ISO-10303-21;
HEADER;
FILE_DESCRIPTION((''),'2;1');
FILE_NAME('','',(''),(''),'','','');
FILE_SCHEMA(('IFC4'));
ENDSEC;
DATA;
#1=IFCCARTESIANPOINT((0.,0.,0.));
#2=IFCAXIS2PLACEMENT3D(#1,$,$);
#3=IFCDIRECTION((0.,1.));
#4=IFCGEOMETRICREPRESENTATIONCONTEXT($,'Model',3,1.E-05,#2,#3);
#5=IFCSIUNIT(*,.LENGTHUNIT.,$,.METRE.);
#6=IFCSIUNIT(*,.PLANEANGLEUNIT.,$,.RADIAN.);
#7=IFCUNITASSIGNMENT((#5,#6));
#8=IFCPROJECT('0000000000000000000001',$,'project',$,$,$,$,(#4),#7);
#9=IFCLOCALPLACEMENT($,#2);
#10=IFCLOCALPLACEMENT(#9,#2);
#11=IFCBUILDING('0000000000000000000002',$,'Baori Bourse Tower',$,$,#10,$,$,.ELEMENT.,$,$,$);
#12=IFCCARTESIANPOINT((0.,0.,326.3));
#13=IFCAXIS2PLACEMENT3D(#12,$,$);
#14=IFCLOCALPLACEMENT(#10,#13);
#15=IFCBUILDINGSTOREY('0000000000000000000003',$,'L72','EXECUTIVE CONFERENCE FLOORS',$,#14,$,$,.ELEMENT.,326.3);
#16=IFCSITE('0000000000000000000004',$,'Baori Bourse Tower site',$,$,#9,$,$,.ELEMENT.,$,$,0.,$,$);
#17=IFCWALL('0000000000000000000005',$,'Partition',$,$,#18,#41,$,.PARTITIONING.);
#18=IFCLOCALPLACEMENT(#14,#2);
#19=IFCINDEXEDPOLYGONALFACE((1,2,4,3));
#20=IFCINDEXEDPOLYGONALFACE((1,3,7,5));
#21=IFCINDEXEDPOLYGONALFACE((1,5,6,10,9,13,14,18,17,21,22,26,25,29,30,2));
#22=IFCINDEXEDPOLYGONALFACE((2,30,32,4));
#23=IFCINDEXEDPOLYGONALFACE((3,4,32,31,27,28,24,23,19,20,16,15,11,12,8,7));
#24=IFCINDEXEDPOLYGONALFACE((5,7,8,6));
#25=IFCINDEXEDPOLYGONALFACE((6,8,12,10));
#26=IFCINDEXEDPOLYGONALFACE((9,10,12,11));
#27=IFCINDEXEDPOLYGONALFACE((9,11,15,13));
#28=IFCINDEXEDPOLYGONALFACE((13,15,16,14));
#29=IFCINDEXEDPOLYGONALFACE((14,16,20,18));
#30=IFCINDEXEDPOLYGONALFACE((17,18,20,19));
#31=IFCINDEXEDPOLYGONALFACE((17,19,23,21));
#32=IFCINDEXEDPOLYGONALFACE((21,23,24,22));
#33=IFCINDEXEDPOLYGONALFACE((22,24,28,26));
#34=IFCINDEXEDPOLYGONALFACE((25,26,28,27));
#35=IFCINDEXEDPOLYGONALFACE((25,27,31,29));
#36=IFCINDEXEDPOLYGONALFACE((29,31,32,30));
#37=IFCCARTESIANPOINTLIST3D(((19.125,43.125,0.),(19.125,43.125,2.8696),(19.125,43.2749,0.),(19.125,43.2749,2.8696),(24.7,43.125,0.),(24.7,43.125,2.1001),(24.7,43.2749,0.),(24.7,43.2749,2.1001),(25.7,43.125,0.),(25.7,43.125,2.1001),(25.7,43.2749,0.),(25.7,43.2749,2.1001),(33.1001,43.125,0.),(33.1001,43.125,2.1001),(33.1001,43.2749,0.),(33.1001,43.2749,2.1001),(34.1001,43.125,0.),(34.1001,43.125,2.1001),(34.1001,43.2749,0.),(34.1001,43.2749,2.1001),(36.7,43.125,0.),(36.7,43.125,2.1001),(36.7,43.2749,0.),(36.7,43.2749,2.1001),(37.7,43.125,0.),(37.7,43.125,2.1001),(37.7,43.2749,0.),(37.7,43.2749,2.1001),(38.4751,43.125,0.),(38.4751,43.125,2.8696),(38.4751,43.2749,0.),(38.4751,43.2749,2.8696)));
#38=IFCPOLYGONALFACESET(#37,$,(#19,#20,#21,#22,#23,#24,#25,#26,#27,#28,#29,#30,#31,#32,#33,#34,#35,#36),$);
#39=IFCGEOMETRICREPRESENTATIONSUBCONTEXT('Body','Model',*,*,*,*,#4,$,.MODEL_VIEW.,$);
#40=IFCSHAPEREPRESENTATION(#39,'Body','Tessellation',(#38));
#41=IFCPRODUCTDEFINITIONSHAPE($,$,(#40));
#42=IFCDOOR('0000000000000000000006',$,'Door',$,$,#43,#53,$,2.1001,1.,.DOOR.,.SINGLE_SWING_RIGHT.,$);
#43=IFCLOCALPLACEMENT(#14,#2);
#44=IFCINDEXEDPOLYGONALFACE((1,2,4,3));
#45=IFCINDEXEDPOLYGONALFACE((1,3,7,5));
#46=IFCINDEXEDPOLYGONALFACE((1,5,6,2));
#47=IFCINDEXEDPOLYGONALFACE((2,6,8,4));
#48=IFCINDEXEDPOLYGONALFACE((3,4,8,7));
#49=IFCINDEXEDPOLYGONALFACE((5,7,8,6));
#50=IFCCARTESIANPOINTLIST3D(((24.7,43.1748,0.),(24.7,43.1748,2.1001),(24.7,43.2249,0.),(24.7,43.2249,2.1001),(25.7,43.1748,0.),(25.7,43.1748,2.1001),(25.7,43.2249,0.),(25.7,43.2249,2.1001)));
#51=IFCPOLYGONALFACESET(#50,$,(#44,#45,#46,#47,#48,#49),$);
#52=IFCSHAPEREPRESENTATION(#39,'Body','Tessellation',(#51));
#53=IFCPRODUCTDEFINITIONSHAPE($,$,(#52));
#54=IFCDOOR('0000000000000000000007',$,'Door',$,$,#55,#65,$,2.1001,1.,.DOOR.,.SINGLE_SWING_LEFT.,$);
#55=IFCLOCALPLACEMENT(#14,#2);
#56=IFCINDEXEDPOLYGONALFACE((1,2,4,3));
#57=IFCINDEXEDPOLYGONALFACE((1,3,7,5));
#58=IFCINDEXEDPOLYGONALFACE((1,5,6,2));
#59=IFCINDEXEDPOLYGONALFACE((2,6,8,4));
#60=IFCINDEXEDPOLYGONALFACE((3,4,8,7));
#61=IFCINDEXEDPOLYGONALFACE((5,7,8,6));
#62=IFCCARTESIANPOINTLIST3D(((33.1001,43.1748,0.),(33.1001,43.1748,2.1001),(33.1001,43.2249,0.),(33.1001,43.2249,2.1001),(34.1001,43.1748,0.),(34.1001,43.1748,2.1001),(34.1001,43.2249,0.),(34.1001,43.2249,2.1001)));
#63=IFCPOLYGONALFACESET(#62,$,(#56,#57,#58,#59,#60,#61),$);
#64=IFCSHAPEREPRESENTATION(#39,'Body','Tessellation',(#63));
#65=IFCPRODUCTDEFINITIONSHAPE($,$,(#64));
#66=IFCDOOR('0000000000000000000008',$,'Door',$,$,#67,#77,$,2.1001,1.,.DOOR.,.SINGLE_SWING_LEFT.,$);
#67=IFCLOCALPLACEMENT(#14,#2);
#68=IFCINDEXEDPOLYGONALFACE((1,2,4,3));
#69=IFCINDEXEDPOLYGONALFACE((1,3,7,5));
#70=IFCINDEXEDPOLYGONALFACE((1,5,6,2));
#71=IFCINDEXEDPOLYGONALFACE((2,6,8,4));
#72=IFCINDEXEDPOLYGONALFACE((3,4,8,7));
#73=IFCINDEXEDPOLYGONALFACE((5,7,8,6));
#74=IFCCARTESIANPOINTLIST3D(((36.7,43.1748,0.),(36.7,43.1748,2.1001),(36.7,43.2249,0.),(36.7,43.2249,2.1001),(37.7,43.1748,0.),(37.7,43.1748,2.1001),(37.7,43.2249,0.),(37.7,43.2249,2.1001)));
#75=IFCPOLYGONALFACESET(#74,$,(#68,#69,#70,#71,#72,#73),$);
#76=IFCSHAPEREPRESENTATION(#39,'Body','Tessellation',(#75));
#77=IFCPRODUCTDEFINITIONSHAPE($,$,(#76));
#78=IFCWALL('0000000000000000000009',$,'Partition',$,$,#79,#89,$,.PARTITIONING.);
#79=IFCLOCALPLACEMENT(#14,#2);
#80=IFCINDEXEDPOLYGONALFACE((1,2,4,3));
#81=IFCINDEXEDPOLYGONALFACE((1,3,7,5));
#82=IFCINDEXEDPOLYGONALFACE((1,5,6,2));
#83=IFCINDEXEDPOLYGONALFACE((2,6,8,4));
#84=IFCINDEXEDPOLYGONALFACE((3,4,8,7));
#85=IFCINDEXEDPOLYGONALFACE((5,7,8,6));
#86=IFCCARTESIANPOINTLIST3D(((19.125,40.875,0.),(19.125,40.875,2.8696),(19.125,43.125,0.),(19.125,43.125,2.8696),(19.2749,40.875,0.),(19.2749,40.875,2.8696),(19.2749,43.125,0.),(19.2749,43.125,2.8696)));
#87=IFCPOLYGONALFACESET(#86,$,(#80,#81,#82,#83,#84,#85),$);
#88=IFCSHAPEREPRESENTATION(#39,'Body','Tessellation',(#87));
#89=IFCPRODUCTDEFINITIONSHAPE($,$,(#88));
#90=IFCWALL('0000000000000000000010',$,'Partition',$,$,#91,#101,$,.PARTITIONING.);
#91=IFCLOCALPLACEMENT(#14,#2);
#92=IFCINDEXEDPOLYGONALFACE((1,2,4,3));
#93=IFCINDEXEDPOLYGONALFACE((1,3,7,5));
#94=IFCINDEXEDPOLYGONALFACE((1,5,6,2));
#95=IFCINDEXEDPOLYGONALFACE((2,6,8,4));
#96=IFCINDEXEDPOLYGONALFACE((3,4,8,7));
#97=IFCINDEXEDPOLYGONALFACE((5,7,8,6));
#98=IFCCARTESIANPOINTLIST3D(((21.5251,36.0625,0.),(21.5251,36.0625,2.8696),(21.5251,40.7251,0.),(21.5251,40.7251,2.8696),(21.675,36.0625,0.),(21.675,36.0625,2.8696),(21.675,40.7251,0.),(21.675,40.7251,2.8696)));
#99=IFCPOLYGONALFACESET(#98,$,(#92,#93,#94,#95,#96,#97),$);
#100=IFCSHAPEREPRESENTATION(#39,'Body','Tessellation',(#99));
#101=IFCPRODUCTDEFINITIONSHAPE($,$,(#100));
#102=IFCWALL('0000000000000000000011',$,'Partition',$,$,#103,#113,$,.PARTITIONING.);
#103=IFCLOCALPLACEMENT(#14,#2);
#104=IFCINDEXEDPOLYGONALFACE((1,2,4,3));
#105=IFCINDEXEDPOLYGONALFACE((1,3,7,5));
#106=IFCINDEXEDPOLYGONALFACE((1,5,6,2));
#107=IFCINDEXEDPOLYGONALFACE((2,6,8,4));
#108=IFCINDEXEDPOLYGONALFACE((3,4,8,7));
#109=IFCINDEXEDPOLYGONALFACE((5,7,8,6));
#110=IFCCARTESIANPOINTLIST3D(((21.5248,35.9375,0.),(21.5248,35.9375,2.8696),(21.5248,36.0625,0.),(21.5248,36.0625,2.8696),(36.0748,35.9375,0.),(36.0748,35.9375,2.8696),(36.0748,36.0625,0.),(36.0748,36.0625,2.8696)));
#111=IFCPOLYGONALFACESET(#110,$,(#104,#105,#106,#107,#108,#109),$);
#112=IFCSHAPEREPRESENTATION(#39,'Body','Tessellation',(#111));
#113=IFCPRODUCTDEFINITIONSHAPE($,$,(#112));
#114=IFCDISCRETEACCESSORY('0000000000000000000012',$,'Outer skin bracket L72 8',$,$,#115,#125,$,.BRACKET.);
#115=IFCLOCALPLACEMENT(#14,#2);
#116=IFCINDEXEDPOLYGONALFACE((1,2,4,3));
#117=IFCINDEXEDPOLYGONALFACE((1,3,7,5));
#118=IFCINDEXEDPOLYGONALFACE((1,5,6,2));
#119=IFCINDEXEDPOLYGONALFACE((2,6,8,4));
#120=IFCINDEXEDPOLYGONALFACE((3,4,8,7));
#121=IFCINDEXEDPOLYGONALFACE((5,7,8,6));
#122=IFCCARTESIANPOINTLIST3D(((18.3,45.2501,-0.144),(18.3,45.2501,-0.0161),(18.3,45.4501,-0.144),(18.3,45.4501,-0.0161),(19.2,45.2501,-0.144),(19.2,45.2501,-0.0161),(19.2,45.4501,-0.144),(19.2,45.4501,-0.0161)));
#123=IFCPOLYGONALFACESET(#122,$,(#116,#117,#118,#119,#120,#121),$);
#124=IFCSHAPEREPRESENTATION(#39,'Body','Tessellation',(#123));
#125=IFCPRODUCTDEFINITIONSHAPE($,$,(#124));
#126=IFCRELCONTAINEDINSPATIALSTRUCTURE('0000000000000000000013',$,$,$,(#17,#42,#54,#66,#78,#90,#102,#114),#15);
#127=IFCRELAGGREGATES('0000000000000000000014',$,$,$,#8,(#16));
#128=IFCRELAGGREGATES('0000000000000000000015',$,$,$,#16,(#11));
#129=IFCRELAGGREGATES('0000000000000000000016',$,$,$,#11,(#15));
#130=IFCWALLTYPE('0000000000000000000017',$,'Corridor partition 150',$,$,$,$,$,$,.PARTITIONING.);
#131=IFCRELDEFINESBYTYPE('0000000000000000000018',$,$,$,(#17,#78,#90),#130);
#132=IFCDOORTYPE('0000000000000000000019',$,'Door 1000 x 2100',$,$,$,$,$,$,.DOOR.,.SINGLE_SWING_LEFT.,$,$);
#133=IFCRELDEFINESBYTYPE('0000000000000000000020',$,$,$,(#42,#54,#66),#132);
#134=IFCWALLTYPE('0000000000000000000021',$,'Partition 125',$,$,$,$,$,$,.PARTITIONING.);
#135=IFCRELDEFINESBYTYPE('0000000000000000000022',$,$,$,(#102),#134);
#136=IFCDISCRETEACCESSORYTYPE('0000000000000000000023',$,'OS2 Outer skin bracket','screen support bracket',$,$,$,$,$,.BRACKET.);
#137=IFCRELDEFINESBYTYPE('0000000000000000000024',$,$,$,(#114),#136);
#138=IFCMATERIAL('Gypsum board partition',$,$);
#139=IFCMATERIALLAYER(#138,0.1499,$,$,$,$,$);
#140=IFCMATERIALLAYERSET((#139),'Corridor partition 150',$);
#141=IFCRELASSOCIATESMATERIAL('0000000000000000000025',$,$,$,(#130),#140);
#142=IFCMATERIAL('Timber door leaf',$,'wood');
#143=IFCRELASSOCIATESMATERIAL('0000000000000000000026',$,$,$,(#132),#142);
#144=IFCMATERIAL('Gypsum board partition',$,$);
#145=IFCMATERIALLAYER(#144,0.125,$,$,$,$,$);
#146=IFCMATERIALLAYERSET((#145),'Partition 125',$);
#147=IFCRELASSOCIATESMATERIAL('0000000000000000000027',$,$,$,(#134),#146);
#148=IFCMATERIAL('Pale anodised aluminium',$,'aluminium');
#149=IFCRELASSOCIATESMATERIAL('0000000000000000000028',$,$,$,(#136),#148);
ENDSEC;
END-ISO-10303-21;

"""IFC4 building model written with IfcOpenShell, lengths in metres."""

from ifc_helpers import new_model, si_unit, direction, frame, frame_2d, origin, origin_2d, place, context, subcontext, project, spatial, rectangle, extrude, material, layer, layer_set, type_object, element, fill, save


model = new_model("IFC4")

# Units and contexts
model_context = context("Model", 3, precision=1e-05, world=origin(), true_north=direction((0.0, 1.0)))
body_context = subcontext(model_context, "Body", "Model", "MODEL_VIEW")
ifc_project = project(units=[si_unit("LENGTHUNIT", "METRE"), si_unit("PLANEANGLEUNIT", "RADIAN")], contexts=[model_context])

# Site, building, storey
site_placement = place(None, origin())
site = spatial("IfcSite", under=ifc_project, at=site_placement, Name="Baori Bourse Tower site", CompositionType="ELEMENT", RefElevation=0.0)
building_placement = place(site_placement, origin())
building = spatial("IfcBuilding", under=site, at=building_placement, Name="Baori Bourse Tower", CompositionType="ELEMENT")
storey_placement = place(building_placement, frame((0.0, 0.0, 326.3)))
storey = spatial("IfcBuildingStorey", under=building, at=storey_placement, Name="L72", Description="EXECUTIVE CONFERENCE FLOORS", CompositionType="ELEMENT", Elevation=326.3)

# Shared definitions
ifc_material_1 = material(Name="Gypsum board partition")
ifc_layer_1 = layer(ifc_material_1, 0.1499)
ifc_layer_set_1 = layer_set([ifc_layer_1], Name="Corridor partition 150")
wall_type_1 = type_object("IfcWallType", Name="Corridor partition 150", PredefinedType="PARTITIONING", material=ifc_layer_set_1)
ifc_material_2 = material(Name="Timber door leaf", Category="wood")
door_type_1 = type_object("IfcDoorType", Name="Door 1000 x 2100", OperationType="SINGLE_SWING_LEFT", PredefinedType="DOOR", material=ifc_material_2)

# Wall, openings, doors
wall_1_placement = place(storey_placement, frame((19.125, 43.2, 0.0), z_axis=(0.0, 0.0, 1.0), x_axis=(1.0, 0.0, 0.0)))
wall_1 = element("IfcWall", 1, at=wall_1_placement, inside=storey, type_object=wall_type_1, Name="Partition", PredefinedType="PARTITIONING", context=body_context, shape_type="SweptSolid", body=[
    extrude(rectangle(XDim=19.3501, YDim=0.1499, at=frame_2d((9.675, 0.0))), origin(), (0.0, 0.0, 1.0), 2.8696),
])
opening_1_placement = place(wall_1_placement, frame((5.575, 0.0, 0.0)))
opening_1 = element("IfcOpeningElement", 2, at=opening_1_placement, cuts=wall_1, PredefinedType="OPENING", context=body_context, shape_type="SweptSolid", body=[
    extrude(rectangle(XDim=1.0, YDim=2.1001, at=frame_2d((0.5, 1.05))), frame((0.0, 0.085, 0.0), z_axis=(0.0, -1.0, 0.0), x_axis=(1.0, 0.0, 0.0)), (0.0, 0.0, 1.0), 0.1699),
])
opening_2_placement = place(wall_1_placement, frame((13.9751, 0.0, 0.0)))
opening_2 = element("IfcOpeningElement", 3, at=opening_2_placement, cuts=wall_1, PredefinedType="OPENING", context=body_context, shape_type="SweptSolid", body=[
    extrude(rectangle(XDim=1.0, YDim=2.1001, at=frame_2d((0.5, 1.05))), frame((0.0, 0.085, 0.0), z_axis=(0.0, -1.0, 0.0), x_axis=(1.0, 0.0, 0.0)), (0.0, 0.0, 1.0), 0.1699),
])
opening_3_placement = place(wall_1_placement, frame((17.575, 0.0, 0.0)))
opening_3 = element("IfcOpeningElement", 4, at=opening_3_placement, cuts=wall_1, PredefinedType="OPENING", context=body_context, shape_type="SweptSolid", body=[
    extrude(rectangle(XDim=1.0, YDim=2.1001, at=frame_2d((0.5, 1.05))), frame((0.0, 0.085, 0.0), z_axis=(0.0, -1.0, 0.0), x_axis=(1.0, 0.0, 0.0)), (0.0, 0.0, 1.0), 0.1699),
])
door_1_placement = place(opening_1_placement, origin())
door_1 = element("IfcDoor", 5, at=door_1_placement, inside=storey, type_object=door_type_1, Name="Door", OperationType="SINGLE_SWING_RIGHT", OverallHeight=2.1001, OverallWidth=1.0, PredefinedType="DOOR", context=body_context, shape_type="SweptSolid", body=[
    extrude(rectangle(XDim=1.0, YDim=2.1001, at=frame_2d((0.5, 1.05))), frame((0.0, 0.0249, 0.0), z_axis=(0.0, -1.0, 0.0), x_axis=(1.0, 0.0, 0.0)), (0.0, 0.0, 1.0), 0.05),
])
fill(opening_1, door_1)
door_2_placement = place(opening_2_placement, origin())
door_2 = element("IfcDoor", 6, at=door_2_placement, inside=storey, type_object=door_type_1, Name="Door", OperationType="SINGLE_SWING_LEFT", OverallHeight=2.1001, OverallWidth=1.0, PredefinedType="DOOR", context=body_context, shape_type="SweptSolid", body=[
    extrude(rectangle(XDim=1.0, YDim=2.1001, at=frame_2d((0.5, 1.05))), frame((0.0, 0.0249, 0.0), z_axis=(0.0, -1.0, 0.0), x_axis=(1.0, 0.0, 0.0)), (0.0, 0.0, 1.0), 0.05),
])
fill(opening_2, door_2)
door_3_placement = place(opening_3_placement, origin())
door_3 = element("IfcDoor", 7, at=door_3_placement, inside=storey, type_object=door_type_1, Name="Door", OperationType="SINGLE_SWING_LEFT", OverallHeight=2.1001, OverallWidth=1.0, PredefinedType="DOOR", context=body_context, shape_type="SweptSolid", body=[
    extrude(rectangle(XDim=1.0, YDim=2.1001, at=frame_2d((0.5, 1.05))), frame((0.0, 0.0249, 0.0), z_axis=(0.0, -1.0, 0.0), x_axis=(1.0, 0.0, 0.0)), (0.0, 0.0, 1.0), 0.05),
])
fill(opening_3, door_3)

# Walls
wall_2_placement = place(storey_placement, frame((19.2, 40.875, 0.0), z_axis=(0.0, 0.0, 1.0), x_axis=(0.0, 1.0, 0.0)))
element("IfcWall", 8, at=wall_2_placement, inside=storey, type_object=wall_type_1, Name="Partition", PredefinedType="PARTITIONING", context=body_context, shape_type="SweptSolid", body=[
    extrude(rectangle(XDim=2.25, YDim=0.1499, at=frame_2d((1.125, 0.0))), origin(), (0.0, 0.0, 1.0), 2.8696),
])
wall_3_placement = place(storey_placement, frame((21.6001, 36.0625, 0.0), z_axis=(0.0, 0.0, 1.0), x_axis=(0.0, 1.0, 0.0)))
element("IfcWall", 9, at=wall_3_placement, inside=storey, type_object=wall_type_1, Name="Partition", PredefinedType="PARTITIONING", context=body_context, shape_type="SweptSolid", body=[
    extrude(rectangle(XDim=4.6626, YDim=0.1499, at=frame_2d((2.3313, 0.0))), origin(), (0.0, 0.0, 1.0), 2.8696),
])
ifc_material_3 = material(Name="Gypsum board partition")
ifc_layer_2 = layer(ifc_material_3, 0.125)
ifc_layer_set_2 = layer_set([ifc_layer_2], Name="Partition 125")
wall_type_2 = type_object("IfcWallType", Name="Partition 125", PredefinedType="PARTITIONING", material=ifc_layer_set_2)
wall_4_placement = place(storey_placement, frame((21.5249, 36.0, 0.0), z_axis=(0.0, 0.0, 1.0), x_axis=(1.0, 0.0, 0.0)))
element("IfcWall", 10, at=wall_4_placement, inside=storey, type_object=wall_type_2, Name="Partition", PredefinedType="PARTITIONING", context=body_context, shape_type="SweptSolid", body=[
    extrude(rectangle(XDim=14.55, YDim=0.125, at=frame_2d((7.2749, 0.0))), origin(), (0.0, 0.0, 1.0), 2.8696),
])

# Discrete accessory
ifc_material_4 = material(Name="Pale anodised aluminium", Category="aluminium")
discrete_accessory_type = type_object("IfcDiscreteAccessoryType", Name="OS2 Outer skin bracket", Description="screen support bracket", PredefinedType="BRACKET", material=ifc_material_4)
discrete_accessory_placement = place(storey_placement, frame((18.75, 45.3501, -0.144), z_axis=(0.0, 0.0, 1.0), x_axis=(0.0, -1.0, 0.0)))
element("IfcDiscreteAccessory", 11, at=discrete_accessory_placement, inside=storey, type_object=discrete_accessory_type, Name="Outer skin bracket L72 8", PredefinedType="BRACKET", context=body_context, shape_type="SweptSolid", body=[
    extrude(rectangle(XDim=0.2, YDim=0.8999, at=origin_2d()), origin(), (0.0, 0.0, 1.0), 0.1279),
])

save(model, "model.ifc")
